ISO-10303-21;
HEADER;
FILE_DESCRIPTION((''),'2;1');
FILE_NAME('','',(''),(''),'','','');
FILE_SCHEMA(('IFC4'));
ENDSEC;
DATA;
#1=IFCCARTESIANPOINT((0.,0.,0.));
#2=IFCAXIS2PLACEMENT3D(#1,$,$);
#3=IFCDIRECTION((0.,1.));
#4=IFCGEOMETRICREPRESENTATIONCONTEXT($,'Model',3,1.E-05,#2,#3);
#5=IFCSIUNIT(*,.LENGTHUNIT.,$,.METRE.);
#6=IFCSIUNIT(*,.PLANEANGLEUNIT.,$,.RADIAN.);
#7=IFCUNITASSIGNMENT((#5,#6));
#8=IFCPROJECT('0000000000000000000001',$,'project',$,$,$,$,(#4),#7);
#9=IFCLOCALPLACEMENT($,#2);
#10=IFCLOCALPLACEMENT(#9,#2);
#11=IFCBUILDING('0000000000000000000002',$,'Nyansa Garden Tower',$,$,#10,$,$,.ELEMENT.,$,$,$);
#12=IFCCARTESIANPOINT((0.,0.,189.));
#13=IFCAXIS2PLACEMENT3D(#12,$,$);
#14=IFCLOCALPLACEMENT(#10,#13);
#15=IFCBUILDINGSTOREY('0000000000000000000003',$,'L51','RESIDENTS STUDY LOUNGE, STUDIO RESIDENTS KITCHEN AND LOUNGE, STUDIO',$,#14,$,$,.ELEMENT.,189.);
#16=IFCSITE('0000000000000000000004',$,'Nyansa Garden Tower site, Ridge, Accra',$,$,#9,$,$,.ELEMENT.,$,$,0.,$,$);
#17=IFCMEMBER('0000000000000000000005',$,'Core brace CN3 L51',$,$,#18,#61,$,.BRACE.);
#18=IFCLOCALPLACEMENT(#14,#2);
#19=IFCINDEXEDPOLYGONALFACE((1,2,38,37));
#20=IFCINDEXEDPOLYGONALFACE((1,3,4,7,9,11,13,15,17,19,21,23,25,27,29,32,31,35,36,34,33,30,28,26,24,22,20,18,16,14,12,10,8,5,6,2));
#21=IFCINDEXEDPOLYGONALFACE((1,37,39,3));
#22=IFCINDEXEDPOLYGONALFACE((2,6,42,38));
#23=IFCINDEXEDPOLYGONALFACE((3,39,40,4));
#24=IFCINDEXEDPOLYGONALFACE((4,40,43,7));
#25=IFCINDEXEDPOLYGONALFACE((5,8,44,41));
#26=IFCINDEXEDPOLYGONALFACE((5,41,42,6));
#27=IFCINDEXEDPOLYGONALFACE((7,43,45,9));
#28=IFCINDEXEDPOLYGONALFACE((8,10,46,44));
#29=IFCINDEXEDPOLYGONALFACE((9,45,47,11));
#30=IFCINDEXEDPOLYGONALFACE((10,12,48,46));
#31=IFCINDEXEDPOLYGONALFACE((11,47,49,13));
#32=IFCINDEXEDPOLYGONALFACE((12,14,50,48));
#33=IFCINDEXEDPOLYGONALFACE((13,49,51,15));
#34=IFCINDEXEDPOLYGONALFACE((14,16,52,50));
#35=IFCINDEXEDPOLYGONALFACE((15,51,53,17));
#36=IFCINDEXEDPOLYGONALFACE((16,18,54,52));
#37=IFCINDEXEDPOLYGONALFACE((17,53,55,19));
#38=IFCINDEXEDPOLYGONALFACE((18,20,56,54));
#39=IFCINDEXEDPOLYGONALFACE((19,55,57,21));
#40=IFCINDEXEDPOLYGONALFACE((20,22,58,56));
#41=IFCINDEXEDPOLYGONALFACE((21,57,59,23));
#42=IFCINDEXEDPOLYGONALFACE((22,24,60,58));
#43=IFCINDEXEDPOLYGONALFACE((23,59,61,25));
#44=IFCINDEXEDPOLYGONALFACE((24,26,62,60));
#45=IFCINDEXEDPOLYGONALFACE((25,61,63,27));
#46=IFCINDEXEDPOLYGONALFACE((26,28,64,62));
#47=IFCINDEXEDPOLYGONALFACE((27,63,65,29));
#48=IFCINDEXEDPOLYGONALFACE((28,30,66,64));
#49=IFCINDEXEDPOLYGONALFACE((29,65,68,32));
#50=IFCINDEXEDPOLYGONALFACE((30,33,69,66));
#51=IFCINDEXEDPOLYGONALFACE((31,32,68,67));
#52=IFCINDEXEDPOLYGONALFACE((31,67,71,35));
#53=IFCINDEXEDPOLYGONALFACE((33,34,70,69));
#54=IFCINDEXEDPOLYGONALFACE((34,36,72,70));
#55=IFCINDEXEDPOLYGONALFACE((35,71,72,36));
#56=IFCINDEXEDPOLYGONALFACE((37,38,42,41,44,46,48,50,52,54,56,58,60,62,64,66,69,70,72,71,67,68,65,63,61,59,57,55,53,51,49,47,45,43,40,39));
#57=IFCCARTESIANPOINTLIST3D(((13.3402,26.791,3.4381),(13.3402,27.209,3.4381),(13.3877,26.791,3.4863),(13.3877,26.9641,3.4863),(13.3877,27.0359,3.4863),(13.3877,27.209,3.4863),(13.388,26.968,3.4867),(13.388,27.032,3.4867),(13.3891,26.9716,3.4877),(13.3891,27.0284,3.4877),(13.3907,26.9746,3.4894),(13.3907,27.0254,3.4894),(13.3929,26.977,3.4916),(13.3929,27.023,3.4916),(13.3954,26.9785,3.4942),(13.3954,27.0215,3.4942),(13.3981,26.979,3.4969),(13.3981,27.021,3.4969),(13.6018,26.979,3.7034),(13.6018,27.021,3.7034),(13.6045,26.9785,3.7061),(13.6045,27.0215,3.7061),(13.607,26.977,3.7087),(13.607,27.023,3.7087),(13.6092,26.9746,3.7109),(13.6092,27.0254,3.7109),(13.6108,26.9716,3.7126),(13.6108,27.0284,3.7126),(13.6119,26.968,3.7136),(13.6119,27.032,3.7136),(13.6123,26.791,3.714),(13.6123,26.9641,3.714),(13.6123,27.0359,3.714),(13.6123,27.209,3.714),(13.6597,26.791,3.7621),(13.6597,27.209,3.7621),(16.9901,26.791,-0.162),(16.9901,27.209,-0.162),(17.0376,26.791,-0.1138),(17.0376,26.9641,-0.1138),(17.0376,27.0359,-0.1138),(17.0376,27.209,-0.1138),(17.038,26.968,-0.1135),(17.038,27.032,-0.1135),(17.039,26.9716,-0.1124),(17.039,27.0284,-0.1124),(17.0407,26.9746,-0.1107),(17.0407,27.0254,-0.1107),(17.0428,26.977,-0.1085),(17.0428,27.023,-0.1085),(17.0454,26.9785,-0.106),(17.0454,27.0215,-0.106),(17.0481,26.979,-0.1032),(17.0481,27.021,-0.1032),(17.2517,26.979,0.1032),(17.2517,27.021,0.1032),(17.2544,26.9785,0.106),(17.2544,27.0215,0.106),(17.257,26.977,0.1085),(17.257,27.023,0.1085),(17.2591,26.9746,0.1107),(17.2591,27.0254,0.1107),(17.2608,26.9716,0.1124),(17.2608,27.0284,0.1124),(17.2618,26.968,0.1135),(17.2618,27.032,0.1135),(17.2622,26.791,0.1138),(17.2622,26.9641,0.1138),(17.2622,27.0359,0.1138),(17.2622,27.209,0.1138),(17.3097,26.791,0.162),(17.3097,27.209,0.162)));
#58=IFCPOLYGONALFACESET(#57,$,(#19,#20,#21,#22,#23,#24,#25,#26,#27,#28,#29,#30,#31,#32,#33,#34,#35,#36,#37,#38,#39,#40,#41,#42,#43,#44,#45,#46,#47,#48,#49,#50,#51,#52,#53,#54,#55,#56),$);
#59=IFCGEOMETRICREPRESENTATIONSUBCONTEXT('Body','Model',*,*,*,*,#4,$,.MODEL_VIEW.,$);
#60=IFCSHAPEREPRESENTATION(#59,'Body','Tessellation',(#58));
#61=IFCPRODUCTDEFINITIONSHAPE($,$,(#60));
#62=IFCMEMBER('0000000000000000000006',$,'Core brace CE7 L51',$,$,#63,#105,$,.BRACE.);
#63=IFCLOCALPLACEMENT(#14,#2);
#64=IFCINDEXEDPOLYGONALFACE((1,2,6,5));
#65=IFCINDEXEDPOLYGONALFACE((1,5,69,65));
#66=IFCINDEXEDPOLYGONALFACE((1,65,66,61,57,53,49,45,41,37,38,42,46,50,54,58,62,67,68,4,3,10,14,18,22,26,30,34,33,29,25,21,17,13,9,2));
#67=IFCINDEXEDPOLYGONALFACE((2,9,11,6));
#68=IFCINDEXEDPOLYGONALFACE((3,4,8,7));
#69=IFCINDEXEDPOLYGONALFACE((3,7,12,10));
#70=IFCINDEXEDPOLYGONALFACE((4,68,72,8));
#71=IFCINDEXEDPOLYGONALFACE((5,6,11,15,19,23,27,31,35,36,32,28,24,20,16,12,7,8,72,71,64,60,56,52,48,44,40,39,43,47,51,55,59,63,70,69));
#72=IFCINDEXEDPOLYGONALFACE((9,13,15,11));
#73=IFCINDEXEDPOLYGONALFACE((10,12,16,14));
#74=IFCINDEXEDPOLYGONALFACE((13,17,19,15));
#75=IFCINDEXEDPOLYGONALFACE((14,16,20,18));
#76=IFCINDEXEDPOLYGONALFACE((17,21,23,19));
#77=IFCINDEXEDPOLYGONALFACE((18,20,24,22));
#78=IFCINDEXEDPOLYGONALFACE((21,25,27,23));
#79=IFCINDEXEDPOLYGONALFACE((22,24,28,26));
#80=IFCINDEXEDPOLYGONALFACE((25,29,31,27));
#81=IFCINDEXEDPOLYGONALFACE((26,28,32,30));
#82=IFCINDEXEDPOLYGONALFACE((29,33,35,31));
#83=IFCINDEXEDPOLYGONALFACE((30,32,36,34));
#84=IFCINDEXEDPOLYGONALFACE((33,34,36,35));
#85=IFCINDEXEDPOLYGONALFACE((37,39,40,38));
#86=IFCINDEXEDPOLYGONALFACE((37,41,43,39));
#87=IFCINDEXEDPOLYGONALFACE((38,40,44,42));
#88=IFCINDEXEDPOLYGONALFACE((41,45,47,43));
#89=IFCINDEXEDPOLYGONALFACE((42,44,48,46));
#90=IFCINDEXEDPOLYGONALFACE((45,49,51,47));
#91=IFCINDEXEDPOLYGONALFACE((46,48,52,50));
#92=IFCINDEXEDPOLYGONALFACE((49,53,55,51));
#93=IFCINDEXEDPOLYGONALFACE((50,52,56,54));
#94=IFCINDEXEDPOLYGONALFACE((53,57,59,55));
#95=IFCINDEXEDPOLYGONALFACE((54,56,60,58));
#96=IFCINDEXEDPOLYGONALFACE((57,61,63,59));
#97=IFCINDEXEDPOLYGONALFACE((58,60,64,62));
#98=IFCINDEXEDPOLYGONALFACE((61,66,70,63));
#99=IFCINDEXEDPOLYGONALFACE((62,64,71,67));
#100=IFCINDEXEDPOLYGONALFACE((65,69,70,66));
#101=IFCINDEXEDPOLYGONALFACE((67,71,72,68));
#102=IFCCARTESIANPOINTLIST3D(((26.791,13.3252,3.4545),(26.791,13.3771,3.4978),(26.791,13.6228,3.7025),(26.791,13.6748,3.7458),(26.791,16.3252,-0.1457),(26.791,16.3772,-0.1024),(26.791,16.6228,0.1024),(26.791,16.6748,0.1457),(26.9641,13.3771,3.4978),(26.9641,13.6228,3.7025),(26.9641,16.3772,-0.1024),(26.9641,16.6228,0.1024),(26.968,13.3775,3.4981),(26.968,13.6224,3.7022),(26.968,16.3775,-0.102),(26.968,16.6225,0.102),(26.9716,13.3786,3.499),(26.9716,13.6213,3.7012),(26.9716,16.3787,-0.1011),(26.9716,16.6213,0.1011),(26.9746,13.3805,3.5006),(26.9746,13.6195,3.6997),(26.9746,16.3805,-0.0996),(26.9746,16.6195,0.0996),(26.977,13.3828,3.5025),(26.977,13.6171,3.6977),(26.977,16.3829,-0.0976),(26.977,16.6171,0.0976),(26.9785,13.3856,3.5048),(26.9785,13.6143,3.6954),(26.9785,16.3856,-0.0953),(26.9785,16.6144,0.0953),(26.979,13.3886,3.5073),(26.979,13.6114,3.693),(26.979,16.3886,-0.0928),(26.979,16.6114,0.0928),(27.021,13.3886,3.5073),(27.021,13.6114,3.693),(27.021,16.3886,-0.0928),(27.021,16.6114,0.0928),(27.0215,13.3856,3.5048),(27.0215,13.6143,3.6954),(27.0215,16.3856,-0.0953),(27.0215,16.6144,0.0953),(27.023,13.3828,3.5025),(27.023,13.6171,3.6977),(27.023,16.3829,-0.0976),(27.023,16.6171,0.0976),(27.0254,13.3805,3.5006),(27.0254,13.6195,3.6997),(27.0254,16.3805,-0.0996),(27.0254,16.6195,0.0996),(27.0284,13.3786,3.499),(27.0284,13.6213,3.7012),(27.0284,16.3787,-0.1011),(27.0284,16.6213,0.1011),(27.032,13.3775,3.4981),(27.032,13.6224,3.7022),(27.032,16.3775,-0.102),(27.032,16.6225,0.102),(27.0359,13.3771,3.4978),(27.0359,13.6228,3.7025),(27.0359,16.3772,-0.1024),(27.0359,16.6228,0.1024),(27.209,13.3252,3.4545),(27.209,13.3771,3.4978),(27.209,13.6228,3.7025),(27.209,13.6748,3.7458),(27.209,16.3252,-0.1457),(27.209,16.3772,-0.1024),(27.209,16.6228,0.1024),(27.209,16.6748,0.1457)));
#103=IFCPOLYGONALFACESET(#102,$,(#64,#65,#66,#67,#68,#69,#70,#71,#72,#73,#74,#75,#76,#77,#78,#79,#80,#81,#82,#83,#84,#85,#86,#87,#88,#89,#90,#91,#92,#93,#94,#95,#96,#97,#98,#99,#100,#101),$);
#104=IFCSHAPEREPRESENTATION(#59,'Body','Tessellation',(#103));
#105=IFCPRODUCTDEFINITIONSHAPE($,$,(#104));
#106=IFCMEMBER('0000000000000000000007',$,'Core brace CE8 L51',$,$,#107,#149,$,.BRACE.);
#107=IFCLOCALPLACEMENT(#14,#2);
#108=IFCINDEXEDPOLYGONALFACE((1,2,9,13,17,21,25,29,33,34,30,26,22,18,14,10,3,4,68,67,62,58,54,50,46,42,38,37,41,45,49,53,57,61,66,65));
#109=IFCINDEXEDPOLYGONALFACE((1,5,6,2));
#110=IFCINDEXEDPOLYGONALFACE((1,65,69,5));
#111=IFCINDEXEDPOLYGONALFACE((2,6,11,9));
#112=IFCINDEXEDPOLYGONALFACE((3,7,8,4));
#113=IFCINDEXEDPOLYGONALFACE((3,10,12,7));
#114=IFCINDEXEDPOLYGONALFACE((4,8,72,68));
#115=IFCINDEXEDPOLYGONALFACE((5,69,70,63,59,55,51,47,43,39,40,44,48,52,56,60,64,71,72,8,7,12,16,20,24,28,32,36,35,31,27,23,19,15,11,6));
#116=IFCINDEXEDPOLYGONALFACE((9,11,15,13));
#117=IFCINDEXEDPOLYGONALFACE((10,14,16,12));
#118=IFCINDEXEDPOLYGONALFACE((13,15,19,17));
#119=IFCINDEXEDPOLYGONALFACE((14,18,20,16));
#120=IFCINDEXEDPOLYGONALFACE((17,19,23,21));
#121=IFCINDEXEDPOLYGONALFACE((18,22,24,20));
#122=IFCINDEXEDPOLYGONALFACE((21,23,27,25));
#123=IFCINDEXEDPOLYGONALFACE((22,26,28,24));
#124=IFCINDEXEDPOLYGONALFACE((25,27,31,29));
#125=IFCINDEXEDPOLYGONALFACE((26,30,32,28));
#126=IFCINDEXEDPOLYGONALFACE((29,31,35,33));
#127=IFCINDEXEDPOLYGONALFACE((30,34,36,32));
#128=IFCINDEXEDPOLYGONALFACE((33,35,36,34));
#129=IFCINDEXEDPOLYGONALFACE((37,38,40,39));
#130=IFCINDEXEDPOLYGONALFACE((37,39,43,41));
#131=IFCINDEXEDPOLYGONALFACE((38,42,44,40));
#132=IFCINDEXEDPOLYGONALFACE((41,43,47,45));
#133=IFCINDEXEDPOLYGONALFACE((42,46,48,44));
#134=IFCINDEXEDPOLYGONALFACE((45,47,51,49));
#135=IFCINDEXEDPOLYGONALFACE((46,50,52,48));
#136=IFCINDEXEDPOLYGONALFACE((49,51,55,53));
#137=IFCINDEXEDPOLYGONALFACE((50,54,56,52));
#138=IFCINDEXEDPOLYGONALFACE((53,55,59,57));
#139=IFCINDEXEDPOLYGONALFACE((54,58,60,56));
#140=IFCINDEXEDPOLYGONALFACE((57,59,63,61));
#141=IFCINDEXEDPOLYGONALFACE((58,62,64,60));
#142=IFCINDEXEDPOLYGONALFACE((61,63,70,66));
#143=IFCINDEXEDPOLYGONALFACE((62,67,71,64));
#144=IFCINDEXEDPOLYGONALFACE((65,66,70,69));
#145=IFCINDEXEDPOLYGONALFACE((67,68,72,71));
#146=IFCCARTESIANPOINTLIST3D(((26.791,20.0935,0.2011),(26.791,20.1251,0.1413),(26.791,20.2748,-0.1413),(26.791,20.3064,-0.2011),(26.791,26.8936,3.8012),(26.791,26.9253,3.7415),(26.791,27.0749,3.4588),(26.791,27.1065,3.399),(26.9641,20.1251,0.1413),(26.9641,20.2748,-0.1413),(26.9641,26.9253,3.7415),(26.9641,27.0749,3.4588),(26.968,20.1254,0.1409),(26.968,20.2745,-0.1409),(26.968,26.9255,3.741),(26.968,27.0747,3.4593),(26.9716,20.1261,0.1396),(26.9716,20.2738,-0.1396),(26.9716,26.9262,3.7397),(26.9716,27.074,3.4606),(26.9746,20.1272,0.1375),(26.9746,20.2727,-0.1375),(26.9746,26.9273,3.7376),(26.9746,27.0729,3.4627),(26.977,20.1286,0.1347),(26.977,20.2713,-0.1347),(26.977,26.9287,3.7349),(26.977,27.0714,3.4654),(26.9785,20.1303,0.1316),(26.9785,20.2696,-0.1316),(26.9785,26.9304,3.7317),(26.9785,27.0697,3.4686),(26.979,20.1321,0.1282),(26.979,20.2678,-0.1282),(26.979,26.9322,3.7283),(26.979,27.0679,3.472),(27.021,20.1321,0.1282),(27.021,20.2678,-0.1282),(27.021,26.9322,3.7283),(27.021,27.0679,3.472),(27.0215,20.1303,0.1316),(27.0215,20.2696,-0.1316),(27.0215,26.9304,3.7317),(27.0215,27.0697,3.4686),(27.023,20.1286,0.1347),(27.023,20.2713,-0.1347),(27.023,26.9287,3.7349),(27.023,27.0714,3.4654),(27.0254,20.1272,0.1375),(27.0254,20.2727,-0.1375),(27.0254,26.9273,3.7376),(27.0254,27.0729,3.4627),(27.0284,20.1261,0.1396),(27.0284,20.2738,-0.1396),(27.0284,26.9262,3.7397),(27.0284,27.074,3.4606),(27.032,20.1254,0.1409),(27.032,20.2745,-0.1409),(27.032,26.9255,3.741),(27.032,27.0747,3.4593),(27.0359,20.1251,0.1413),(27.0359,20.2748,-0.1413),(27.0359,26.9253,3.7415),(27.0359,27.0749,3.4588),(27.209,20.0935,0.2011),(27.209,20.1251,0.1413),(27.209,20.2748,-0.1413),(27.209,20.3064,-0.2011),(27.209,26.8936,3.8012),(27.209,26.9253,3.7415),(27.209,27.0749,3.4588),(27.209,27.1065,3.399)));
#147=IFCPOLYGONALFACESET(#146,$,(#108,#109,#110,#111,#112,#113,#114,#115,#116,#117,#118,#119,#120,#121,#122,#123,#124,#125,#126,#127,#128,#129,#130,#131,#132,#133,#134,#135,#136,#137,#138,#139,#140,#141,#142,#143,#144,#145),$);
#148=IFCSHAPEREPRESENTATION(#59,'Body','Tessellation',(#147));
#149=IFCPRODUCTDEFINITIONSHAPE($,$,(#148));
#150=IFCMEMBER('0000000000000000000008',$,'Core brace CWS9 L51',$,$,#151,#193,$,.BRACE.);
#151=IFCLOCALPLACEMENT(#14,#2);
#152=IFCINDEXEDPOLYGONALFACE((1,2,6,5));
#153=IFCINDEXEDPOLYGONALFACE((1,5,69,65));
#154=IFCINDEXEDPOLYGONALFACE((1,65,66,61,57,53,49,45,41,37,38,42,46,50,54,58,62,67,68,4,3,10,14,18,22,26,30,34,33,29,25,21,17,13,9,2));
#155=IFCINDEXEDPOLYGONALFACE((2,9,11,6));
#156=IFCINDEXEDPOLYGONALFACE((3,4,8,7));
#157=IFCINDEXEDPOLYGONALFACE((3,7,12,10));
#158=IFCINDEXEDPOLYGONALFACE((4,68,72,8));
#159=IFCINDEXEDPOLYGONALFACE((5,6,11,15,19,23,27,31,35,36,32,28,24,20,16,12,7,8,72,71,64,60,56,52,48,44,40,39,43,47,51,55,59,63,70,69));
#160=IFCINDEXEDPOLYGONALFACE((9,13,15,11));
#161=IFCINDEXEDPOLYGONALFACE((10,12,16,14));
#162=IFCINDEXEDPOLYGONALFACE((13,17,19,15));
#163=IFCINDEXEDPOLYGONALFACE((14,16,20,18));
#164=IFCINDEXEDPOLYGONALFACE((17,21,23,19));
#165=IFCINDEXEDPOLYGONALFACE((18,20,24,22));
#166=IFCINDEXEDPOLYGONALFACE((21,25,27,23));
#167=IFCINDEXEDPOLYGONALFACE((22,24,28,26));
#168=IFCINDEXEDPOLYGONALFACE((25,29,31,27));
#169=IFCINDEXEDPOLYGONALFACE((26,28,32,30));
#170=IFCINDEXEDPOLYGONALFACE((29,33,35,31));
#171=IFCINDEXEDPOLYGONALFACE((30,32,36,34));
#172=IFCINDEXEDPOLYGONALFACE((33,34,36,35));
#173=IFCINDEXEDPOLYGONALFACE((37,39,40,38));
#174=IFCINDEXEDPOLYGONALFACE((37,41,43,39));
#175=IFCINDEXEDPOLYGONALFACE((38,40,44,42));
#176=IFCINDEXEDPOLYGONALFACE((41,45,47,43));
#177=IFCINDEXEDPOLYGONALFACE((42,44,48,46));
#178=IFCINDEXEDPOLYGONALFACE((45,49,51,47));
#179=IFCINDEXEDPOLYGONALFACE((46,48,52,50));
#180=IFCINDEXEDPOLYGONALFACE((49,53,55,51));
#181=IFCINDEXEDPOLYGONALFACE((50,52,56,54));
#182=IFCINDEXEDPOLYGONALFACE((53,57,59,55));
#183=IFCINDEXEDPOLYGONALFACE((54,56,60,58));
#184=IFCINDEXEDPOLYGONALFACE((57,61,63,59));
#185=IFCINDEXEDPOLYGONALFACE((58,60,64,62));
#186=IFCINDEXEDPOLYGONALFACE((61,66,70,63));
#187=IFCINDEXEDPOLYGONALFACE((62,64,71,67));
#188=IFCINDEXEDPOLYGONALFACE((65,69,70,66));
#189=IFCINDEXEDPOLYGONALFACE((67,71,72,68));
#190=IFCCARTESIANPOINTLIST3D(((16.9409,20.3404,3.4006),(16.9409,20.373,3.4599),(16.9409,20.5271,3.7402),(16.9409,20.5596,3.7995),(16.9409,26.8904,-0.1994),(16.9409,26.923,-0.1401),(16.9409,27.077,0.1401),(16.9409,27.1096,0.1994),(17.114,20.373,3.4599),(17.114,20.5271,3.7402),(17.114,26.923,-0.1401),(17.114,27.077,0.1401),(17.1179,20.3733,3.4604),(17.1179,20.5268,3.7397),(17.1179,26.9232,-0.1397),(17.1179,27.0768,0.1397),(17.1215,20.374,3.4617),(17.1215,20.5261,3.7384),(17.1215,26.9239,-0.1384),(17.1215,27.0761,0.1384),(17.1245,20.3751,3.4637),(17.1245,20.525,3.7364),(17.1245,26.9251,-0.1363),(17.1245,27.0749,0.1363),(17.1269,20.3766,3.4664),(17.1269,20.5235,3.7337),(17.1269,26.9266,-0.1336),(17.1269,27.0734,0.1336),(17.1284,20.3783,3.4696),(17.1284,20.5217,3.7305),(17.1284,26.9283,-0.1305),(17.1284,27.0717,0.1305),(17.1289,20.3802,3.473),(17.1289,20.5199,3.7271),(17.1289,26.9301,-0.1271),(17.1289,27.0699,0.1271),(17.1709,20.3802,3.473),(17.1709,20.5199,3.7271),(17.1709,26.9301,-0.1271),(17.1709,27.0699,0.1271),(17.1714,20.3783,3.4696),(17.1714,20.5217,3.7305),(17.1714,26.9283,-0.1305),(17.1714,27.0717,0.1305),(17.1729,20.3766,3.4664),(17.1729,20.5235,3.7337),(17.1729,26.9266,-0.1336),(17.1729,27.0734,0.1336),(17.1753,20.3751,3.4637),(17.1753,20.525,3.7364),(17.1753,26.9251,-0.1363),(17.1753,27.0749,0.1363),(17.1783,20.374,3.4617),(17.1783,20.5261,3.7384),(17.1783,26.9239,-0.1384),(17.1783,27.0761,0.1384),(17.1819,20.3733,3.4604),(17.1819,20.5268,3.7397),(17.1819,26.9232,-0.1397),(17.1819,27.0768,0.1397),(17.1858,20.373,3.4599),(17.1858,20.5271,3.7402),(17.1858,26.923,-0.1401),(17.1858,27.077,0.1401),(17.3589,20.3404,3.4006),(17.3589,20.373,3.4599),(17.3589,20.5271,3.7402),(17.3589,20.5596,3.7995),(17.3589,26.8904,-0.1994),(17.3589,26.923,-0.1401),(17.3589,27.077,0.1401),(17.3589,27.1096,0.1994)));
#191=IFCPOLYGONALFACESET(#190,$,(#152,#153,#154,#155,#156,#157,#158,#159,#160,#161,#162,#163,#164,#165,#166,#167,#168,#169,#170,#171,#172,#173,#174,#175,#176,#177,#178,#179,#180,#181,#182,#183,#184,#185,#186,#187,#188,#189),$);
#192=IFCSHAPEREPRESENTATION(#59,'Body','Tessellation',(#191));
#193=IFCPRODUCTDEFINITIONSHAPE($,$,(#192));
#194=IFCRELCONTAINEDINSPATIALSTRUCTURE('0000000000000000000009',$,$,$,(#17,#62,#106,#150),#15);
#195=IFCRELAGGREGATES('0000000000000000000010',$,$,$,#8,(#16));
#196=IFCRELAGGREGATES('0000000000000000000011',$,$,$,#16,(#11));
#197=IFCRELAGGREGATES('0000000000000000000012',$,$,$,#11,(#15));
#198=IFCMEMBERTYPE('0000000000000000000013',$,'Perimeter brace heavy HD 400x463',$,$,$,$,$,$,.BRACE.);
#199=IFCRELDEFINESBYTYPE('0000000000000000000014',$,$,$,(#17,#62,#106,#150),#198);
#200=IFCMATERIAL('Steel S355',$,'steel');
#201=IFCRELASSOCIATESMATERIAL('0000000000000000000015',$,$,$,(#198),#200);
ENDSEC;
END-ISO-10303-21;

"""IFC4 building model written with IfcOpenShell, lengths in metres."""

from ifc_helpers import new_model, si_unit, direction, frame, origin, origin_2d, place, context, subcontext, project, spatial, i_section, extrude, material, material_profile, profile_set, type_object, element, save


model = new_model("IFC4")

# Units and contexts
model_context = context("Model", 3, precision=1e-05, world=origin(), true_north=direction((0.0, 1.0)))
body_context = subcontext(model_context, "Body", "Model", "MODEL_VIEW")
ifc_project = project(units=[si_unit("LENGTHUNIT", "METRE"), si_unit("PLANEANGLEUNIT", "RADIAN")], contexts=[model_context])

# Site, building, storey
site_placement = place(None, origin())
site = spatial("IfcSite", under=ifc_project, at=site_placement, Name="Nyansa Garden Tower site, Ridge, Accra", CompositionType="ELEMENT", RefElevation=0.0)
building_placement = place(site_placement, origin())
building = spatial("IfcBuilding", under=site, at=building_placement, Name="Nyansa Garden Tower", CompositionType="ELEMENT")
storey_placement = place(building_placement, frame((0.0, 0.0, 189.0)))
storey = spatial("IfcBuildingStorey", under=building, at=storey_placement, Name="L51", Description="RESIDENTS STUDY LOUNGE, STUDIO RESIDENTS KITCHEN AND LOUNGE, STUDIO", CompositionType="ELEMENT", Elevation=189.0)

# Members
ifc_material_1 = material(Name="Steel S355", Category="steel")
ifc_material_profile = material_profile(ifc_material_1, i_section(OverallWidth=0.418, OverallDepth=0.4551, WebThickness=0.042, FlangeThickness=0.0676, FilletRadius=0.0149, at=origin_2d()), Name="HD 400x463")
ifc_profile_set = profile_set([ifc_material_profile], Name="Steel S355")
member_type = type_object("IfcMemberType", Name="Perimeter brace heavy HD 400x463", PredefinedType="BRACE", material=ifc_profile_set)
member_1_placement = place(storey_placement, frame((17.1499, 27.0, 0.0), z_axis=(-0.711948, 0.0, 0.702233), x_axis=(0.0, -1.0, 0.0)))
element("IfcMember", 1, at=member_1_placement, inside=storey, type_object=member_type, Name="Core brace CN3 L51", PredefinedType="BRACE", context=body_context, shape_type="SweptSolid", body=[
    extrude(i_section(OverallWidth=0.418, OverallDepth=0.4551, WebThickness=0.042, FlangeThickness=0.0676, FilletRadius=0.0149, at=origin_2d()), origin(), (0.0, 0.0, 1.0), 5.1267),
])
member_2_placement = place(storey_placement, frame((27.0, 16.5, 0.0), z_axis=(0.0, -0.640174, 0.76823), x_axis=(1.0, 0.0, 0.0)))
element("IfcMember", 2, at=member_2_placement, inside=storey, type_object=member_type, Name="Core brace CE7 L51", PredefinedType="BRACE", context=body_context, shape_type="SweptSolid", body=[
    extrude(i_section(OverallWidth=0.418, OverallDepth=0.4551, WebThickness=0.042, FlangeThickness=0.0676, FilletRadius=0.0149, at=origin_2d()), origin(), (0.0, 0.0, 1.0), 4.6863),
])
member_3_placement = place(storey_placement, frame((27.0, 20.2, 0.0), z_axis=(0.0, 0.883784, 0.467895), x_axis=(-1.0, 0.0, 0.0)))
element("IfcMember", 3, at=member_3_placement, inside=storey, type_object=member_type, Name="Core brace CE8 L51", PredefinedType="BRACE", context=body_context, shape_type="SweptSolid", body=[
    extrude(i_section(OverallWidth=0.418, OverallDepth=0.4551, WebThickness=0.042, FlangeThickness=0.0676, FilletRadius=0.0149, at=origin_2d()), origin(), (0.0, 0.0, 1.0), 7.6943),
])
for number, where, z_axis, x_axis, name in (
    (4, (17.1499, 27.0, 0.0), (0.0, -0.876353, 0.481669), (1.0, 0.0, 0.0), "Core brace CWS9 L51"),
):
    element("IfcMember", number, at=place(storey_placement, frame(where, z_axis=z_axis, x_axis=x_axis)), inside=storey, type_object=member_type, Name=name, PredefinedType="BRACE", context=body_context, shape_type="SweptSolid", body=[
        extrude(i_section(OverallWidth=0.418, OverallDepth=0.4551, WebThickness=0.042, FlangeThickness=0.0676, FilletRadius=0.0149, at=origin_2d()), origin(), (0.0, 0.0, 1.0), 7.4741),
    ])

save(model, "model.ifc")
